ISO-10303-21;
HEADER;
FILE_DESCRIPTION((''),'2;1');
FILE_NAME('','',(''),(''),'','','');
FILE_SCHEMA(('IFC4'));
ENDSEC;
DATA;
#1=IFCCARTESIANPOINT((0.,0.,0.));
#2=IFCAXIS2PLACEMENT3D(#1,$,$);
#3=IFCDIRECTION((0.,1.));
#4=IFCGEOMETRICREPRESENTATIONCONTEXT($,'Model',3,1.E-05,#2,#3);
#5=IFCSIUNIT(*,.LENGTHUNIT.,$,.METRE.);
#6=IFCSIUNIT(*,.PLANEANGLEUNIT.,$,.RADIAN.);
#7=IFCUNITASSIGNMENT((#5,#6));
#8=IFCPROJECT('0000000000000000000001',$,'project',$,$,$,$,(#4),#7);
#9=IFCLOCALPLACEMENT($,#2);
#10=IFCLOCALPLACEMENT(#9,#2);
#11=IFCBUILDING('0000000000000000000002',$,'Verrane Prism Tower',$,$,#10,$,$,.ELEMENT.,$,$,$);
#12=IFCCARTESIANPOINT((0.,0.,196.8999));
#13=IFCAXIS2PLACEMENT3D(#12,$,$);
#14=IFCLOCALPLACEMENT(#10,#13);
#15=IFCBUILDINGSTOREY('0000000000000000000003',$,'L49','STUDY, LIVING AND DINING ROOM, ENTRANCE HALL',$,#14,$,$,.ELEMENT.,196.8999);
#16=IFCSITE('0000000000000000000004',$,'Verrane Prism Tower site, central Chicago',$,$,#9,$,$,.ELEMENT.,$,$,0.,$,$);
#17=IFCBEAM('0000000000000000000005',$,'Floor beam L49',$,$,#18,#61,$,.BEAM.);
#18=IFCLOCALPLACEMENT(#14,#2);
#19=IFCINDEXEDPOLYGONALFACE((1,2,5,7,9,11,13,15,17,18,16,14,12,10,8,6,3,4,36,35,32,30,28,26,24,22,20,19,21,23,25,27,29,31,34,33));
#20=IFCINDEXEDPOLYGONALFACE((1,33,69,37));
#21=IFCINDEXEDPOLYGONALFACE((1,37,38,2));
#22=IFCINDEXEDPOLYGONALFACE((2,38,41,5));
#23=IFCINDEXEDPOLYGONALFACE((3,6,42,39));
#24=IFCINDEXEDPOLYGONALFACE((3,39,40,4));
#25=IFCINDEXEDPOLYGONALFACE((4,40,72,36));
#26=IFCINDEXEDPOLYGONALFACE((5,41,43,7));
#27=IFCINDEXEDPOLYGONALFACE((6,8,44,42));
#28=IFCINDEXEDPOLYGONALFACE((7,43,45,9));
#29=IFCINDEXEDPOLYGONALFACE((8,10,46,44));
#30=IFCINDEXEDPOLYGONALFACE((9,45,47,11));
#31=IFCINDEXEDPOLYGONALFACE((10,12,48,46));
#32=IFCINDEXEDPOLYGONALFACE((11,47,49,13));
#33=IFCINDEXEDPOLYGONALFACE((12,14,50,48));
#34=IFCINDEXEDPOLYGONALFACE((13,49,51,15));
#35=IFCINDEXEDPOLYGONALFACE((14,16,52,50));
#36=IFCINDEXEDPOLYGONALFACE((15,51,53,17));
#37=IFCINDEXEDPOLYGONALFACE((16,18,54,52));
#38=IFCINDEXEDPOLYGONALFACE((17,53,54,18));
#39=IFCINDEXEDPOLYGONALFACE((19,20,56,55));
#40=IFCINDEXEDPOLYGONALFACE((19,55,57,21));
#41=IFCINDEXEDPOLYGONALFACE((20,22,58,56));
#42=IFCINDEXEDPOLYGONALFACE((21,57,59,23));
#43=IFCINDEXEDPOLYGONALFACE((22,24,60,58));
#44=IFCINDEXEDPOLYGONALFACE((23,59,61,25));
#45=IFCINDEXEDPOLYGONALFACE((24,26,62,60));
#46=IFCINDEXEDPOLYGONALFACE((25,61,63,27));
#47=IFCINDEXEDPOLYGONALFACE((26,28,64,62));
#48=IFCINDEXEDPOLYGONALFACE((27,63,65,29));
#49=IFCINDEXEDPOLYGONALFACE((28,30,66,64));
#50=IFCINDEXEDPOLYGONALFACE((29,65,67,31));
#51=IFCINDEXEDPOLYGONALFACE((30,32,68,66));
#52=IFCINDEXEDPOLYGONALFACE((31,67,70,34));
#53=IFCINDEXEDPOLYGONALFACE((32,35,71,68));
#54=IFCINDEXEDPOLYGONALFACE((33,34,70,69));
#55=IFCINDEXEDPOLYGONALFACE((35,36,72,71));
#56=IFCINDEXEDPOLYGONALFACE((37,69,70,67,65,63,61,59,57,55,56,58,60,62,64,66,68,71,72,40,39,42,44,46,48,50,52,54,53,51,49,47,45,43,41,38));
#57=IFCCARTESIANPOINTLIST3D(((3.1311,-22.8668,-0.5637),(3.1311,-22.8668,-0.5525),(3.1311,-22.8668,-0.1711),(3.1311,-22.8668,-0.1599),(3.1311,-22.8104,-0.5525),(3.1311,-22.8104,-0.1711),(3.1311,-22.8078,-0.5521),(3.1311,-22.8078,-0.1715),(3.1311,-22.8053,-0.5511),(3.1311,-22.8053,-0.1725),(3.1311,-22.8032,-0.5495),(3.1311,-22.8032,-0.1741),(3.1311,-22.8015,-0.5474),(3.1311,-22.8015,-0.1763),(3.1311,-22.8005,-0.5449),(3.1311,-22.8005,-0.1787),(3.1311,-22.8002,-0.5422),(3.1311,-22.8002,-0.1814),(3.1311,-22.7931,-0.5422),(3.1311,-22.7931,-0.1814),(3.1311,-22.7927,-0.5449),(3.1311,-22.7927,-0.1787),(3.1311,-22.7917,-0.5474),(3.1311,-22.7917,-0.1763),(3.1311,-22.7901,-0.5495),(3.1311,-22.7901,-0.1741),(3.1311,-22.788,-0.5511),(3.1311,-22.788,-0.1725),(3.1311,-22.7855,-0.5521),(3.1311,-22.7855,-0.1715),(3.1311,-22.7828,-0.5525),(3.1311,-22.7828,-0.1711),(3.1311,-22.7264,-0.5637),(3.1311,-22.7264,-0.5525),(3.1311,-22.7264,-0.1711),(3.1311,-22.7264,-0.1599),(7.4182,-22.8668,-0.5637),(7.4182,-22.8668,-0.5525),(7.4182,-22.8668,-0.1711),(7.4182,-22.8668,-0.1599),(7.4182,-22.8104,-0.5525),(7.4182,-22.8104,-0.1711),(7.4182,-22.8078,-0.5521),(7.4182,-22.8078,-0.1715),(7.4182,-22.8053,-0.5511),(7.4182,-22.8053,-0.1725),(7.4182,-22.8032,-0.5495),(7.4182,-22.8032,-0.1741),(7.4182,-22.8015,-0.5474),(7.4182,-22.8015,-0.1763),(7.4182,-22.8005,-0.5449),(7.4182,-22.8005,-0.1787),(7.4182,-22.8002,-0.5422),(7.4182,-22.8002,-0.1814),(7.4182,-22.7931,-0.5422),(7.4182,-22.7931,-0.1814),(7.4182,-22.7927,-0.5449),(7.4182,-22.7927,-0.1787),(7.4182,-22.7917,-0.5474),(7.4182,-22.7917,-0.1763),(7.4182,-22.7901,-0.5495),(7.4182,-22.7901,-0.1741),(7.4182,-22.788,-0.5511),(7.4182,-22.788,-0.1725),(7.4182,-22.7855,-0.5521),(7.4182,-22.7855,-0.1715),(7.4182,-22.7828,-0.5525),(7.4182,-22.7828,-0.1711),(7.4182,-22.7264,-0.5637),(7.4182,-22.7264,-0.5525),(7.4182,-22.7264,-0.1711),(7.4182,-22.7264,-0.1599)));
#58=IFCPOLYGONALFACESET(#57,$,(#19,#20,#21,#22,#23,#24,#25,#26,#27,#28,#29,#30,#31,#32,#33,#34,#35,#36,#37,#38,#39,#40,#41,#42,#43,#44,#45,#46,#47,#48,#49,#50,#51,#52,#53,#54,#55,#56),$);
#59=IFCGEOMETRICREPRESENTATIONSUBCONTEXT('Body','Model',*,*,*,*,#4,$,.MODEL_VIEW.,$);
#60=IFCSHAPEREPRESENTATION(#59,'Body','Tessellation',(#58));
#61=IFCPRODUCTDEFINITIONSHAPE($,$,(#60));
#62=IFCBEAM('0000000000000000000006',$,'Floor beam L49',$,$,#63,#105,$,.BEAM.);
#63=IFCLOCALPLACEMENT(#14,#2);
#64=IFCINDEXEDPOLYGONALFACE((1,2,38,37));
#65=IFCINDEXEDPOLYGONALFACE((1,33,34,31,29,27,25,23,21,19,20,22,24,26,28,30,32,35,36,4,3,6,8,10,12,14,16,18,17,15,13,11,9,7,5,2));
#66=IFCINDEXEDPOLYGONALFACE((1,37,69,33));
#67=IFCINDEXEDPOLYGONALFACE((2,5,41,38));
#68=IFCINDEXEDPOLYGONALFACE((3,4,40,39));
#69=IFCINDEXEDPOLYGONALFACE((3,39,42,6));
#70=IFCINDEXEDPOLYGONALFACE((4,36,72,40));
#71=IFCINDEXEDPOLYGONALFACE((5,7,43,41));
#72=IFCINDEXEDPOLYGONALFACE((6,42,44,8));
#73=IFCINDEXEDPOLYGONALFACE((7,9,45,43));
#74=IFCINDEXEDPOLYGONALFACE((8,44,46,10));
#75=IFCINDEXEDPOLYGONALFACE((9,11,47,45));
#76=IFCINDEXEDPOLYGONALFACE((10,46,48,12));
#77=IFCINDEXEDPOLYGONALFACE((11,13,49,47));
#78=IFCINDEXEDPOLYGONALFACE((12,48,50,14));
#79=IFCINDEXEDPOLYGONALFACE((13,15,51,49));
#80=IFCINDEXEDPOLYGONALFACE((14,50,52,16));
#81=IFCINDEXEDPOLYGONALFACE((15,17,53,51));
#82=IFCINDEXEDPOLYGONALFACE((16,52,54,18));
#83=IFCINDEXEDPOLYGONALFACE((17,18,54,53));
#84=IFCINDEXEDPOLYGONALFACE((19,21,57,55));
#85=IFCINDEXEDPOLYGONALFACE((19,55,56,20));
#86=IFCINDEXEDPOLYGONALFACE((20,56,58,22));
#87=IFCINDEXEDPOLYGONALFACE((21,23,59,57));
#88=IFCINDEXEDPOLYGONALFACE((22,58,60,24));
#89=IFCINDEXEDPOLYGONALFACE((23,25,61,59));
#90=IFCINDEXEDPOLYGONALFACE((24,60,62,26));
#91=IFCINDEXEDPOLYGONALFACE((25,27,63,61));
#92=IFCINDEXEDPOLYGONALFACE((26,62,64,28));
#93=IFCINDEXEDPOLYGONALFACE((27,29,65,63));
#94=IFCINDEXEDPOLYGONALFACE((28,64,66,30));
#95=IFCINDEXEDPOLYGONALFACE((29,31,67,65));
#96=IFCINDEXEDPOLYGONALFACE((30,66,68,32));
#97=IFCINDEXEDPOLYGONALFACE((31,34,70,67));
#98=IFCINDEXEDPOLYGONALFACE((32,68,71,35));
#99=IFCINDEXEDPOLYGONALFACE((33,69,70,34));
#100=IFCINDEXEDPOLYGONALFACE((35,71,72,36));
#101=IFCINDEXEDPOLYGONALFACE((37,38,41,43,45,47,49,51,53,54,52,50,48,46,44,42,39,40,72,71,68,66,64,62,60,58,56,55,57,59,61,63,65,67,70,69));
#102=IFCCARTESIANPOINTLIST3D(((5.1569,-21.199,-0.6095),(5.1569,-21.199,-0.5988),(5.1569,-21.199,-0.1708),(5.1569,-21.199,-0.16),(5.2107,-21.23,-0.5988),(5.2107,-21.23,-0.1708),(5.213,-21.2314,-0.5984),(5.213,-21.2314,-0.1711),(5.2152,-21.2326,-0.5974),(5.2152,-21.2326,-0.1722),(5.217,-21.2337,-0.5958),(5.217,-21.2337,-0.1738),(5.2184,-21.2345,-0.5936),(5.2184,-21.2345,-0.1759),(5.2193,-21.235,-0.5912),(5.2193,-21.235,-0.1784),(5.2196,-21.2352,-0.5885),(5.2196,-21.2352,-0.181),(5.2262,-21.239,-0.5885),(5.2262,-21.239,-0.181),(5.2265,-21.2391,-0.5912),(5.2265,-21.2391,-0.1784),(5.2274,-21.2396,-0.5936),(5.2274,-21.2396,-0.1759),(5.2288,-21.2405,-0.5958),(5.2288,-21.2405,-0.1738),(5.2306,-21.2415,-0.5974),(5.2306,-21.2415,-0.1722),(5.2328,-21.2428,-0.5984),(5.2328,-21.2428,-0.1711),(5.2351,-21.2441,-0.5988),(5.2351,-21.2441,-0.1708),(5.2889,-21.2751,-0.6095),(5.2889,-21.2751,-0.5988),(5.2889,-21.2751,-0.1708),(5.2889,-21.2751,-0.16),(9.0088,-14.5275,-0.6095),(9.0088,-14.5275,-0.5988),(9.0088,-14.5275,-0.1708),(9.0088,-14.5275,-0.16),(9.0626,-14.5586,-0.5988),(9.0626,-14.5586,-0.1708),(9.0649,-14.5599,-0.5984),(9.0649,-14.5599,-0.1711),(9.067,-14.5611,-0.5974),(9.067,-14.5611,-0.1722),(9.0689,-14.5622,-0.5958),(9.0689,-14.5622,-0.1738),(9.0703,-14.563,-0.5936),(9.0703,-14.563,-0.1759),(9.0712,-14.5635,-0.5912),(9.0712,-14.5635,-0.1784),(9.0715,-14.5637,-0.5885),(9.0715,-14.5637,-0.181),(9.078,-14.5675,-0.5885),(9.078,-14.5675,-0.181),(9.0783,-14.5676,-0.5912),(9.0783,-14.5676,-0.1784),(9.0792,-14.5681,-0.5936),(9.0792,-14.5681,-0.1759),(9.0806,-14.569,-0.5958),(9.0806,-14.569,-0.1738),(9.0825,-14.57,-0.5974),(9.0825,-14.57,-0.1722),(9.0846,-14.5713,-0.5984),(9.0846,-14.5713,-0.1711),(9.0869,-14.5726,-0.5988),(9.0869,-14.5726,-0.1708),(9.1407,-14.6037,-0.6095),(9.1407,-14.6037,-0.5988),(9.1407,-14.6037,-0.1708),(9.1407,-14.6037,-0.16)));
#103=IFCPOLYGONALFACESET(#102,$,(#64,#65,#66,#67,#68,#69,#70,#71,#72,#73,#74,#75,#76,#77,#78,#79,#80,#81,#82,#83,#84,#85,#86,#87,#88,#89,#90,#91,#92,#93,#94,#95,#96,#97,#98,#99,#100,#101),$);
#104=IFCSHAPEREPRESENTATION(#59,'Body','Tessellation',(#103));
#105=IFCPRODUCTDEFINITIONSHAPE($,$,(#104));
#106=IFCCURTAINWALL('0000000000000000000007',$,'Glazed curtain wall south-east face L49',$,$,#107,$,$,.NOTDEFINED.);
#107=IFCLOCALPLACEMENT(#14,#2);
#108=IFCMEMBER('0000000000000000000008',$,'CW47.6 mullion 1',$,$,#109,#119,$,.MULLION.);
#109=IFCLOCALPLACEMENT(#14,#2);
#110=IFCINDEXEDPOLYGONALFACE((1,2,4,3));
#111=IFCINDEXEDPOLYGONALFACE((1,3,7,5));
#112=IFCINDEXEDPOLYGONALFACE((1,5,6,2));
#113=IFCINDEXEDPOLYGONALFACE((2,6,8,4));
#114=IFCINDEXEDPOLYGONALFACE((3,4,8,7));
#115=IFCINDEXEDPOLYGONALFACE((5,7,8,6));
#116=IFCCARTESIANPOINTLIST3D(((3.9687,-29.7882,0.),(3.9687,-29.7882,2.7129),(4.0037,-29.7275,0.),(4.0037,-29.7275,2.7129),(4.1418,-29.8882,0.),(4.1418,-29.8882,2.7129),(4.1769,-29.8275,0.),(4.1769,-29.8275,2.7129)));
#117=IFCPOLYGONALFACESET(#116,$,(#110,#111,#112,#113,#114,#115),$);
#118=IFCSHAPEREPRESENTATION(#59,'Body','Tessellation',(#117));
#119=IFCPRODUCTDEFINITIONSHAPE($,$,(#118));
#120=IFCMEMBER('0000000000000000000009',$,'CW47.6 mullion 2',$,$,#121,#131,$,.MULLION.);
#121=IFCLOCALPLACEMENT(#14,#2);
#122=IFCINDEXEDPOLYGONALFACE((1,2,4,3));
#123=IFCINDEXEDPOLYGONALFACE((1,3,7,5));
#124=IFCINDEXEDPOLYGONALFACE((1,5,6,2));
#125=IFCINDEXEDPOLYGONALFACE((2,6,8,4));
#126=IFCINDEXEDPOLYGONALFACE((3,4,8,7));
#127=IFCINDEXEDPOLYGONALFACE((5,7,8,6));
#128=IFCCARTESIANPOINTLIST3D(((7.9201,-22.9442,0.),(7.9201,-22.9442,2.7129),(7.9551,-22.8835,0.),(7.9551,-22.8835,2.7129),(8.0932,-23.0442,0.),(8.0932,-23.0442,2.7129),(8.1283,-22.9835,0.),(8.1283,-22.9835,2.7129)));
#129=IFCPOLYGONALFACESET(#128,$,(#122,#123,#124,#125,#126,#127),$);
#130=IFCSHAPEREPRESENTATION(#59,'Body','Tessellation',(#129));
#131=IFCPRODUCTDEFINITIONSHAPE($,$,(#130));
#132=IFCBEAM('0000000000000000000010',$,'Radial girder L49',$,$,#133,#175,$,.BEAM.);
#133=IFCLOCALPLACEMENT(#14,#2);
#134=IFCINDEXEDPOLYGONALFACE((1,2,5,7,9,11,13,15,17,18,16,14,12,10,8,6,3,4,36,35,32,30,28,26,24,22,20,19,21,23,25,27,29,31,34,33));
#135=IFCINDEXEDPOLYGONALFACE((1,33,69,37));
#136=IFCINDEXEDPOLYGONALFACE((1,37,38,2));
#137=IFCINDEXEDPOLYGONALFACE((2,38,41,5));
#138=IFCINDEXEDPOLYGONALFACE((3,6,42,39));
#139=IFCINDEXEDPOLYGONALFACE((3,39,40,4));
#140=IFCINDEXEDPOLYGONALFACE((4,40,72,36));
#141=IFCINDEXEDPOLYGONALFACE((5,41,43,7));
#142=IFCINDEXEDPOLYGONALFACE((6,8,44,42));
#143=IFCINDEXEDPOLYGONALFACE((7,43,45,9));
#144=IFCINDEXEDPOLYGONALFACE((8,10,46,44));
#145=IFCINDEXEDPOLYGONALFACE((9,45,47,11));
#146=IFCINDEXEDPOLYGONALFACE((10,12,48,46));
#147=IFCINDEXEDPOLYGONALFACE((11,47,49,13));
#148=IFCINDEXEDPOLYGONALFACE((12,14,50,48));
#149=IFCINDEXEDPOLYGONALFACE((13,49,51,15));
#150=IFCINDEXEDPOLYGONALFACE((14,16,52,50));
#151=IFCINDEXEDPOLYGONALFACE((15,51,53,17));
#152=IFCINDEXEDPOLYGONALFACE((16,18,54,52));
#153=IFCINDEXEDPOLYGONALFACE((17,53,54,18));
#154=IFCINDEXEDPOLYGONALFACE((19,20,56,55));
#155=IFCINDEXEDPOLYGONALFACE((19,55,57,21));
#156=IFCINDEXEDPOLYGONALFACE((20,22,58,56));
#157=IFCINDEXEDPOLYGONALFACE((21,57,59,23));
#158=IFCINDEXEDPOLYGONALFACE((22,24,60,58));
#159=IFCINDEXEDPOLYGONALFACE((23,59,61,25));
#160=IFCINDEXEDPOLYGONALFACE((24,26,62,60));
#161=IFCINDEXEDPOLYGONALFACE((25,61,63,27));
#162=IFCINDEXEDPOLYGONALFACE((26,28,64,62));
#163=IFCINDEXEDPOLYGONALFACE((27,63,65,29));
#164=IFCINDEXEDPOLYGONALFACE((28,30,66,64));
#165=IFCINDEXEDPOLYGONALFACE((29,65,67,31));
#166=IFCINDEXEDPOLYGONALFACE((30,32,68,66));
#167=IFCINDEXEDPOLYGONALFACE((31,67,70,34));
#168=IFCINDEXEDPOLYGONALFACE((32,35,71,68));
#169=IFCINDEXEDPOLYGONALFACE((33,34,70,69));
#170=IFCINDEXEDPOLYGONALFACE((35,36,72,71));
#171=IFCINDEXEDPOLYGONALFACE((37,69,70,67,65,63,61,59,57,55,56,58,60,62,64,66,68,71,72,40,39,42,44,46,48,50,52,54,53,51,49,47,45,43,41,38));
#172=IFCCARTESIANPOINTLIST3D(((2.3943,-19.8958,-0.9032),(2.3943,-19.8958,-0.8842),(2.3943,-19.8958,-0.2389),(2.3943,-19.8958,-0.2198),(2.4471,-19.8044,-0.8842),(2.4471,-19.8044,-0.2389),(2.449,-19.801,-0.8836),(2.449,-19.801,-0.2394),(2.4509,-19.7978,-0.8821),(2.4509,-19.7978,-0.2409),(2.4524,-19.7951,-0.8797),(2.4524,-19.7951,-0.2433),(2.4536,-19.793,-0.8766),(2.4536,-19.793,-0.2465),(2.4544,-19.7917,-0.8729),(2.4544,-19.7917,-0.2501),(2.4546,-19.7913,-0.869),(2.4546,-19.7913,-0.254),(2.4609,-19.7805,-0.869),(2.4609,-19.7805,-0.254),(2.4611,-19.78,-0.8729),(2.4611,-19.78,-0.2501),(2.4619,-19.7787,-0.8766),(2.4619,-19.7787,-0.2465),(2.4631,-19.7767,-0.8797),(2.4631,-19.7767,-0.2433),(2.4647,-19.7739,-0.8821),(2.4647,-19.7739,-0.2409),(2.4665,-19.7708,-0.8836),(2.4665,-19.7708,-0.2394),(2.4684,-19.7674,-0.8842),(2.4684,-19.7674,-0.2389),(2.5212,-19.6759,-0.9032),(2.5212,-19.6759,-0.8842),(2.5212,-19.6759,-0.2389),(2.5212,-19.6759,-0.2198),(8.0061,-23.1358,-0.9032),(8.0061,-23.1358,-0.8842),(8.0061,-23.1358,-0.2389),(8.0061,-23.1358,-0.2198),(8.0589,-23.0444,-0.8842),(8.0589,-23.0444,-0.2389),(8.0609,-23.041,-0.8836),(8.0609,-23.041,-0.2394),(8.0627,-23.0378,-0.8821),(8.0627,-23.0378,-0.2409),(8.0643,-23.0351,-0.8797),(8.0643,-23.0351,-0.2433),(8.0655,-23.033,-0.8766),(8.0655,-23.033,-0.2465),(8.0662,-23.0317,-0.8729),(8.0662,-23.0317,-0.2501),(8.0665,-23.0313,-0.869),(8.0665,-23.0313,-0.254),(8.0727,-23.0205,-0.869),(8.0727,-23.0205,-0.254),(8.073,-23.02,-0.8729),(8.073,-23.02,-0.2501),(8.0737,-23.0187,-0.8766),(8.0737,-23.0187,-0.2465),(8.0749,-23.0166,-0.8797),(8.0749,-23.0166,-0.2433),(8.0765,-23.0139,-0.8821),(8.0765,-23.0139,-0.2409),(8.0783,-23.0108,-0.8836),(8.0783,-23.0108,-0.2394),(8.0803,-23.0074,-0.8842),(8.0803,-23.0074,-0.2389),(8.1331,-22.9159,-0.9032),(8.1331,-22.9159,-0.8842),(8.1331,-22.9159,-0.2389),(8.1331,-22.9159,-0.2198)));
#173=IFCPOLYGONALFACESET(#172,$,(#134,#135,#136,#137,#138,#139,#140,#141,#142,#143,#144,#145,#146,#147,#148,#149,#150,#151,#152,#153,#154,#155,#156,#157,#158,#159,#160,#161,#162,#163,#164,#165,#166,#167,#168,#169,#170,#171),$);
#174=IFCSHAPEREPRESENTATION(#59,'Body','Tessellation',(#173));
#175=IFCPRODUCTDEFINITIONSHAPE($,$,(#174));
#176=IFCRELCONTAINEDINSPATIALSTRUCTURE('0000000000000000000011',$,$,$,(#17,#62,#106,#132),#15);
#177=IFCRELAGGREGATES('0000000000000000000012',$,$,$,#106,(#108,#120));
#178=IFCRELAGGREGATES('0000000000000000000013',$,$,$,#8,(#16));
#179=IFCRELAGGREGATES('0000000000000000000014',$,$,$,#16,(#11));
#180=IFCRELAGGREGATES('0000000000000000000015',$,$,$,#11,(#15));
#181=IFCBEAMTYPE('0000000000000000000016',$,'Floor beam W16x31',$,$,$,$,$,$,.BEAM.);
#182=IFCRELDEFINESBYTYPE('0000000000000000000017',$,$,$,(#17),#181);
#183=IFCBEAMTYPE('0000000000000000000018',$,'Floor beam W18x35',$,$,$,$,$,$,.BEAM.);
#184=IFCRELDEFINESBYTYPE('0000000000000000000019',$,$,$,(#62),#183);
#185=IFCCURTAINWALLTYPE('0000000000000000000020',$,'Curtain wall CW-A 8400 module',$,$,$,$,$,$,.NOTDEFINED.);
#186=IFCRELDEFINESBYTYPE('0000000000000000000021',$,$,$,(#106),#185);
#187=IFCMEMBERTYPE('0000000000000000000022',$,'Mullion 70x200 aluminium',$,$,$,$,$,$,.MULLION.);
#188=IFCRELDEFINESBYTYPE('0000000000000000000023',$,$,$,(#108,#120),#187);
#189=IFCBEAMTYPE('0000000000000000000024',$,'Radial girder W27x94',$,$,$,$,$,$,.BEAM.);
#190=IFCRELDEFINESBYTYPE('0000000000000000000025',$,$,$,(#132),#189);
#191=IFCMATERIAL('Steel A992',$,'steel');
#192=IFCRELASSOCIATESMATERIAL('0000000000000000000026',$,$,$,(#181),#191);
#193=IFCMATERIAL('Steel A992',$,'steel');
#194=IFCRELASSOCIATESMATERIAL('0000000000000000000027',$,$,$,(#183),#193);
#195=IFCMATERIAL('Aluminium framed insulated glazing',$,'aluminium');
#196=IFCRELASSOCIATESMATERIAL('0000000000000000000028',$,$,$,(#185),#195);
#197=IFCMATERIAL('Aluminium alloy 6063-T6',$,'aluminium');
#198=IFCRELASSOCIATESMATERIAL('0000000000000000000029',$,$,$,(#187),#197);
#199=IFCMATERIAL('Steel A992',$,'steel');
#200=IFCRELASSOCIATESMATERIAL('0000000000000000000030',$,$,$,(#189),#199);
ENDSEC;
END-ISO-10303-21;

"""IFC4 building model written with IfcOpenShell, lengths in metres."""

from ifc_helpers import new_model, si_unit, direction, frame, origin, origin_2d, place, context, subcontext, project, spatial, rectangle, i_section, extrude, material, material_profile, profile_set, type_object, element, aggregate, save


model = new_model("IFC4")

# Units and contexts
model_context = context("Model", 3, precision=1e-05, world=origin(), true_north=direction((0.0, 1.0)))
body_context = subcontext(model_context, "Body", "Model", "MODEL_VIEW")
ifc_project = project(units=[si_unit("LENGTHUNIT", "METRE"), si_unit("PLANEANGLEUNIT", "RADIAN")], contexts=[model_context])

# Site, building, storey
site_placement = place(None, origin())
site = spatial("IfcSite", under=ifc_project, at=site_placement, Name="Verrane Prism Tower site, central Chicago", CompositionType="ELEMENT", RefElevation=0.0)
building_placement = place(site_placement, origin())
building = spatial("IfcBuilding", under=site, at=building_placement, Name="Verrane Prism Tower", CompositionType="ELEMENT")
storey_placement = place(building_placement, frame((0.0, 0.0, 196.8999)))
storey = spatial("IfcBuildingStorey", under=building, at=storey_placement, Name="L49", Description="STUDY, LIVING AND DINING ROOM, ENTRANCE HALL", CompositionType="ELEMENT", Elevation=196.8999)

# Beams
ifc_material_1 = material(Name="Steel A992", Category="steel")
ifc_material_profile_1 = material_profile(ifc_material_1, i_section(OverallWidth=0.1404, OverallDepth=0.4038, WebThickness=0.0071, FlangeThickness=0.0112, FilletRadius=0.0103, at=origin_2d()), Name="W16x31")
ifc_profile_set_1 = profile_set([ifc_material_profile_1], Name="Steel A992")
beam_type_1 = type_object("IfcBeamType", Name="Floor beam W16x31", PredefinedType="BEAM", material=ifc_profile_set_1)
beam_1_placement = place(storey_placement, frame((3.1311, -22.7966, -0.3618), z_axis=(1.0, 0.0, 0.0), x_axis=(0.0, 1.0, 0.0)))
element("IfcBeam", 1, at=beam_1_placement, inside=storey, type_object=beam_type_1, Name="Floor beam L49", PredefinedType="BEAM", context=body_context, shape_type="SweptSolid", body=[
    extrude(i_section(OverallWidth=0.1404, OverallDepth=0.4038, WebThickness=0.0071, FlangeThickness=0.0112, FilletRadius=0.0103, at=origin_2d()), origin(), (0.0, 0.0, 1.0), 4.2871),
])
ifc_material_2 = material(Name="Steel A992", Category="steel")
ifc_material_profile_2 = material_profile(ifc_material_2, i_section(OverallWidth=0.1523, OverallDepth=0.4495, WebThickness=0.0076, FlangeThickness=0.0107, FilletRadius=0.0103, at=origin_2d()), Name="W18x35")
ifc_profile_set_2 = profile_set([ifc_material_profile_2], Name="Steel A992")
beam_type_2 = type_object("IfcBeamType", Name="Floor beam W18x35", PredefinedType="BEAM", material=ifc_profile_set_2)
beam_2_placement = place(storey_placement, frame((5.2229, -21.2371, -0.3848), z_axis=(0.500008, 0.866021, 0.0), x_axis=(-0.866021, 0.500008, 0.0)))
element("IfcBeam", 2, at=beam_2_placement, inside=storey, type_object=beam_type_2, Name="Floor beam L49", PredefinedType="BEAM", context=body_context, shape_type="SweptSolid", body=[
    extrude(i_section(OverallWidth=0.1523, OverallDepth=0.4495, WebThickness=0.0076, FlangeThickness=0.0107, FilletRadius=0.0103, at=origin_2d()), origin(), (0.0, 0.0, 1.0), 7.7036),
])

# Curtain wall, members
ifc_material_3 = material(Name="Aluminium framed insulated glazing", Category="aluminium")
curtain_wall_type_1 = type_object("IfcCurtainWallType", Name="Curtain wall CW-A 8400 module", PredefinedType="NOTDEFINED", material=ifc_material_3)
curtain_wall_1_placement = place(storey_placement, origin())
curtain_wall_1 = element("IfcCurtainWall", 3, at=curtain_wall_1_placement, inside=storey, type_object=curtain_wall_type_1, Name="Glazed curtain wall south-east face L49", PredefinedType="NOTDEFINED")
ifc_material_4 = material(Name="Aluminium alloy 6063-T6", Category="aluminium")
ifc_material_profile_3 = material_profile(ifc_material_4, rectangle(XDim=0.2, YDim=0.0701, at=origin_2d()), Name="Mullion 70x200 aluminium")
ifc_profile_set_3 = profile_set([ifc_material_profile_3], Name="Aluminium alloy 6063-T6")
member_type_1 = type_object("IfcMemberType", Name="Mullion 70x200 aluminium", PredefinedType="MULLION", material=ifc_profile_set_3)
member_1_placement = place(storey_placement, frame((4.0728, -29.8079, 0.0), z_axis=(0.0, 0.0, 1.0), x_axis=(-0.866026, 0.5, 0.0)))
member_1 = element("IfcMember", 4, at=member_1_placement, type_object=member_type_1, Name="CW47.6 mullion 1", PredefinedType="MULLION", context=body_context, shape_type="SweptSolid", body=[
    extrude(rectangle(XDim=0.2, YDim=0.0701, at=origin_2d()), origin(), (0.0, 0.0, 1.0), 2.7129),
])
member_2_placement = place(storey_placement, frame((8.0242, -22.9639, 0.0), z_axis=(0.0, 0.0, 1.0), x_axis=(-0.866026, 0.5, 0.0)))
member_2 = element("IfcMember", 5, at=member_2_placement, type_object=member_type_1, Name="CW47.6 mullion 2", PredefinedType="MULLION", context=body_context, shape_type="SweptSolid", body=[
    extrude(rectangle(XDim=0.2, YDim=0.0701, at=origin_2d()), origin(), (0.0, 0.0, 1.0), 2.7129),
])

# Beam
ifc_material_5 = material(Name="Steel A992", Category="steel")
ifc_material_profile_4 = material_profile(ifc_material_5, i_section(OverallWidth=0.2539, OverallDepth=0.6833, WebThickness=0.0125, FlangeThickness=0.019, FilletRadius=0.0151, at=origin_2d()), Name="W27x94")
ifc_profile_set_4 = profile_set([ifc_material_profile_4], Name="Steel A992")
beam_type_3 = type_object("IfcBeamType", Name="Radial girder W27x94", PredefinedType="BEAM", material=ifc_profile_set_4)
beam_3_placement = place(storey_placement, frame((8.0696, -23.0259, -0.5615), z_axis=(-0.866025, 0.500001, 0.0), x_axis=(-0.500001, -0.866025, 0.0)))
element("IfcBeam", 6, at=beam_3_placement, inside=storey, type_object=beam_type_3, Name="Radial girder L49", PredefinedType="BEAM", context=body_context, shape_type="SweptSolid", body=[
    extrude(i_section(OverallWidth=0.2539, OverallDepth=0.6833, WebThickness=0.0125, FlangeThickness=0.019, FilletRadius=0.0151, at=origin_2d()), origin(), (0.0, 0.0, 1.0), 6.48),
])

aggregate(curtain_wall_1, [member_1, member_2])

save(model, "model.ifc")
